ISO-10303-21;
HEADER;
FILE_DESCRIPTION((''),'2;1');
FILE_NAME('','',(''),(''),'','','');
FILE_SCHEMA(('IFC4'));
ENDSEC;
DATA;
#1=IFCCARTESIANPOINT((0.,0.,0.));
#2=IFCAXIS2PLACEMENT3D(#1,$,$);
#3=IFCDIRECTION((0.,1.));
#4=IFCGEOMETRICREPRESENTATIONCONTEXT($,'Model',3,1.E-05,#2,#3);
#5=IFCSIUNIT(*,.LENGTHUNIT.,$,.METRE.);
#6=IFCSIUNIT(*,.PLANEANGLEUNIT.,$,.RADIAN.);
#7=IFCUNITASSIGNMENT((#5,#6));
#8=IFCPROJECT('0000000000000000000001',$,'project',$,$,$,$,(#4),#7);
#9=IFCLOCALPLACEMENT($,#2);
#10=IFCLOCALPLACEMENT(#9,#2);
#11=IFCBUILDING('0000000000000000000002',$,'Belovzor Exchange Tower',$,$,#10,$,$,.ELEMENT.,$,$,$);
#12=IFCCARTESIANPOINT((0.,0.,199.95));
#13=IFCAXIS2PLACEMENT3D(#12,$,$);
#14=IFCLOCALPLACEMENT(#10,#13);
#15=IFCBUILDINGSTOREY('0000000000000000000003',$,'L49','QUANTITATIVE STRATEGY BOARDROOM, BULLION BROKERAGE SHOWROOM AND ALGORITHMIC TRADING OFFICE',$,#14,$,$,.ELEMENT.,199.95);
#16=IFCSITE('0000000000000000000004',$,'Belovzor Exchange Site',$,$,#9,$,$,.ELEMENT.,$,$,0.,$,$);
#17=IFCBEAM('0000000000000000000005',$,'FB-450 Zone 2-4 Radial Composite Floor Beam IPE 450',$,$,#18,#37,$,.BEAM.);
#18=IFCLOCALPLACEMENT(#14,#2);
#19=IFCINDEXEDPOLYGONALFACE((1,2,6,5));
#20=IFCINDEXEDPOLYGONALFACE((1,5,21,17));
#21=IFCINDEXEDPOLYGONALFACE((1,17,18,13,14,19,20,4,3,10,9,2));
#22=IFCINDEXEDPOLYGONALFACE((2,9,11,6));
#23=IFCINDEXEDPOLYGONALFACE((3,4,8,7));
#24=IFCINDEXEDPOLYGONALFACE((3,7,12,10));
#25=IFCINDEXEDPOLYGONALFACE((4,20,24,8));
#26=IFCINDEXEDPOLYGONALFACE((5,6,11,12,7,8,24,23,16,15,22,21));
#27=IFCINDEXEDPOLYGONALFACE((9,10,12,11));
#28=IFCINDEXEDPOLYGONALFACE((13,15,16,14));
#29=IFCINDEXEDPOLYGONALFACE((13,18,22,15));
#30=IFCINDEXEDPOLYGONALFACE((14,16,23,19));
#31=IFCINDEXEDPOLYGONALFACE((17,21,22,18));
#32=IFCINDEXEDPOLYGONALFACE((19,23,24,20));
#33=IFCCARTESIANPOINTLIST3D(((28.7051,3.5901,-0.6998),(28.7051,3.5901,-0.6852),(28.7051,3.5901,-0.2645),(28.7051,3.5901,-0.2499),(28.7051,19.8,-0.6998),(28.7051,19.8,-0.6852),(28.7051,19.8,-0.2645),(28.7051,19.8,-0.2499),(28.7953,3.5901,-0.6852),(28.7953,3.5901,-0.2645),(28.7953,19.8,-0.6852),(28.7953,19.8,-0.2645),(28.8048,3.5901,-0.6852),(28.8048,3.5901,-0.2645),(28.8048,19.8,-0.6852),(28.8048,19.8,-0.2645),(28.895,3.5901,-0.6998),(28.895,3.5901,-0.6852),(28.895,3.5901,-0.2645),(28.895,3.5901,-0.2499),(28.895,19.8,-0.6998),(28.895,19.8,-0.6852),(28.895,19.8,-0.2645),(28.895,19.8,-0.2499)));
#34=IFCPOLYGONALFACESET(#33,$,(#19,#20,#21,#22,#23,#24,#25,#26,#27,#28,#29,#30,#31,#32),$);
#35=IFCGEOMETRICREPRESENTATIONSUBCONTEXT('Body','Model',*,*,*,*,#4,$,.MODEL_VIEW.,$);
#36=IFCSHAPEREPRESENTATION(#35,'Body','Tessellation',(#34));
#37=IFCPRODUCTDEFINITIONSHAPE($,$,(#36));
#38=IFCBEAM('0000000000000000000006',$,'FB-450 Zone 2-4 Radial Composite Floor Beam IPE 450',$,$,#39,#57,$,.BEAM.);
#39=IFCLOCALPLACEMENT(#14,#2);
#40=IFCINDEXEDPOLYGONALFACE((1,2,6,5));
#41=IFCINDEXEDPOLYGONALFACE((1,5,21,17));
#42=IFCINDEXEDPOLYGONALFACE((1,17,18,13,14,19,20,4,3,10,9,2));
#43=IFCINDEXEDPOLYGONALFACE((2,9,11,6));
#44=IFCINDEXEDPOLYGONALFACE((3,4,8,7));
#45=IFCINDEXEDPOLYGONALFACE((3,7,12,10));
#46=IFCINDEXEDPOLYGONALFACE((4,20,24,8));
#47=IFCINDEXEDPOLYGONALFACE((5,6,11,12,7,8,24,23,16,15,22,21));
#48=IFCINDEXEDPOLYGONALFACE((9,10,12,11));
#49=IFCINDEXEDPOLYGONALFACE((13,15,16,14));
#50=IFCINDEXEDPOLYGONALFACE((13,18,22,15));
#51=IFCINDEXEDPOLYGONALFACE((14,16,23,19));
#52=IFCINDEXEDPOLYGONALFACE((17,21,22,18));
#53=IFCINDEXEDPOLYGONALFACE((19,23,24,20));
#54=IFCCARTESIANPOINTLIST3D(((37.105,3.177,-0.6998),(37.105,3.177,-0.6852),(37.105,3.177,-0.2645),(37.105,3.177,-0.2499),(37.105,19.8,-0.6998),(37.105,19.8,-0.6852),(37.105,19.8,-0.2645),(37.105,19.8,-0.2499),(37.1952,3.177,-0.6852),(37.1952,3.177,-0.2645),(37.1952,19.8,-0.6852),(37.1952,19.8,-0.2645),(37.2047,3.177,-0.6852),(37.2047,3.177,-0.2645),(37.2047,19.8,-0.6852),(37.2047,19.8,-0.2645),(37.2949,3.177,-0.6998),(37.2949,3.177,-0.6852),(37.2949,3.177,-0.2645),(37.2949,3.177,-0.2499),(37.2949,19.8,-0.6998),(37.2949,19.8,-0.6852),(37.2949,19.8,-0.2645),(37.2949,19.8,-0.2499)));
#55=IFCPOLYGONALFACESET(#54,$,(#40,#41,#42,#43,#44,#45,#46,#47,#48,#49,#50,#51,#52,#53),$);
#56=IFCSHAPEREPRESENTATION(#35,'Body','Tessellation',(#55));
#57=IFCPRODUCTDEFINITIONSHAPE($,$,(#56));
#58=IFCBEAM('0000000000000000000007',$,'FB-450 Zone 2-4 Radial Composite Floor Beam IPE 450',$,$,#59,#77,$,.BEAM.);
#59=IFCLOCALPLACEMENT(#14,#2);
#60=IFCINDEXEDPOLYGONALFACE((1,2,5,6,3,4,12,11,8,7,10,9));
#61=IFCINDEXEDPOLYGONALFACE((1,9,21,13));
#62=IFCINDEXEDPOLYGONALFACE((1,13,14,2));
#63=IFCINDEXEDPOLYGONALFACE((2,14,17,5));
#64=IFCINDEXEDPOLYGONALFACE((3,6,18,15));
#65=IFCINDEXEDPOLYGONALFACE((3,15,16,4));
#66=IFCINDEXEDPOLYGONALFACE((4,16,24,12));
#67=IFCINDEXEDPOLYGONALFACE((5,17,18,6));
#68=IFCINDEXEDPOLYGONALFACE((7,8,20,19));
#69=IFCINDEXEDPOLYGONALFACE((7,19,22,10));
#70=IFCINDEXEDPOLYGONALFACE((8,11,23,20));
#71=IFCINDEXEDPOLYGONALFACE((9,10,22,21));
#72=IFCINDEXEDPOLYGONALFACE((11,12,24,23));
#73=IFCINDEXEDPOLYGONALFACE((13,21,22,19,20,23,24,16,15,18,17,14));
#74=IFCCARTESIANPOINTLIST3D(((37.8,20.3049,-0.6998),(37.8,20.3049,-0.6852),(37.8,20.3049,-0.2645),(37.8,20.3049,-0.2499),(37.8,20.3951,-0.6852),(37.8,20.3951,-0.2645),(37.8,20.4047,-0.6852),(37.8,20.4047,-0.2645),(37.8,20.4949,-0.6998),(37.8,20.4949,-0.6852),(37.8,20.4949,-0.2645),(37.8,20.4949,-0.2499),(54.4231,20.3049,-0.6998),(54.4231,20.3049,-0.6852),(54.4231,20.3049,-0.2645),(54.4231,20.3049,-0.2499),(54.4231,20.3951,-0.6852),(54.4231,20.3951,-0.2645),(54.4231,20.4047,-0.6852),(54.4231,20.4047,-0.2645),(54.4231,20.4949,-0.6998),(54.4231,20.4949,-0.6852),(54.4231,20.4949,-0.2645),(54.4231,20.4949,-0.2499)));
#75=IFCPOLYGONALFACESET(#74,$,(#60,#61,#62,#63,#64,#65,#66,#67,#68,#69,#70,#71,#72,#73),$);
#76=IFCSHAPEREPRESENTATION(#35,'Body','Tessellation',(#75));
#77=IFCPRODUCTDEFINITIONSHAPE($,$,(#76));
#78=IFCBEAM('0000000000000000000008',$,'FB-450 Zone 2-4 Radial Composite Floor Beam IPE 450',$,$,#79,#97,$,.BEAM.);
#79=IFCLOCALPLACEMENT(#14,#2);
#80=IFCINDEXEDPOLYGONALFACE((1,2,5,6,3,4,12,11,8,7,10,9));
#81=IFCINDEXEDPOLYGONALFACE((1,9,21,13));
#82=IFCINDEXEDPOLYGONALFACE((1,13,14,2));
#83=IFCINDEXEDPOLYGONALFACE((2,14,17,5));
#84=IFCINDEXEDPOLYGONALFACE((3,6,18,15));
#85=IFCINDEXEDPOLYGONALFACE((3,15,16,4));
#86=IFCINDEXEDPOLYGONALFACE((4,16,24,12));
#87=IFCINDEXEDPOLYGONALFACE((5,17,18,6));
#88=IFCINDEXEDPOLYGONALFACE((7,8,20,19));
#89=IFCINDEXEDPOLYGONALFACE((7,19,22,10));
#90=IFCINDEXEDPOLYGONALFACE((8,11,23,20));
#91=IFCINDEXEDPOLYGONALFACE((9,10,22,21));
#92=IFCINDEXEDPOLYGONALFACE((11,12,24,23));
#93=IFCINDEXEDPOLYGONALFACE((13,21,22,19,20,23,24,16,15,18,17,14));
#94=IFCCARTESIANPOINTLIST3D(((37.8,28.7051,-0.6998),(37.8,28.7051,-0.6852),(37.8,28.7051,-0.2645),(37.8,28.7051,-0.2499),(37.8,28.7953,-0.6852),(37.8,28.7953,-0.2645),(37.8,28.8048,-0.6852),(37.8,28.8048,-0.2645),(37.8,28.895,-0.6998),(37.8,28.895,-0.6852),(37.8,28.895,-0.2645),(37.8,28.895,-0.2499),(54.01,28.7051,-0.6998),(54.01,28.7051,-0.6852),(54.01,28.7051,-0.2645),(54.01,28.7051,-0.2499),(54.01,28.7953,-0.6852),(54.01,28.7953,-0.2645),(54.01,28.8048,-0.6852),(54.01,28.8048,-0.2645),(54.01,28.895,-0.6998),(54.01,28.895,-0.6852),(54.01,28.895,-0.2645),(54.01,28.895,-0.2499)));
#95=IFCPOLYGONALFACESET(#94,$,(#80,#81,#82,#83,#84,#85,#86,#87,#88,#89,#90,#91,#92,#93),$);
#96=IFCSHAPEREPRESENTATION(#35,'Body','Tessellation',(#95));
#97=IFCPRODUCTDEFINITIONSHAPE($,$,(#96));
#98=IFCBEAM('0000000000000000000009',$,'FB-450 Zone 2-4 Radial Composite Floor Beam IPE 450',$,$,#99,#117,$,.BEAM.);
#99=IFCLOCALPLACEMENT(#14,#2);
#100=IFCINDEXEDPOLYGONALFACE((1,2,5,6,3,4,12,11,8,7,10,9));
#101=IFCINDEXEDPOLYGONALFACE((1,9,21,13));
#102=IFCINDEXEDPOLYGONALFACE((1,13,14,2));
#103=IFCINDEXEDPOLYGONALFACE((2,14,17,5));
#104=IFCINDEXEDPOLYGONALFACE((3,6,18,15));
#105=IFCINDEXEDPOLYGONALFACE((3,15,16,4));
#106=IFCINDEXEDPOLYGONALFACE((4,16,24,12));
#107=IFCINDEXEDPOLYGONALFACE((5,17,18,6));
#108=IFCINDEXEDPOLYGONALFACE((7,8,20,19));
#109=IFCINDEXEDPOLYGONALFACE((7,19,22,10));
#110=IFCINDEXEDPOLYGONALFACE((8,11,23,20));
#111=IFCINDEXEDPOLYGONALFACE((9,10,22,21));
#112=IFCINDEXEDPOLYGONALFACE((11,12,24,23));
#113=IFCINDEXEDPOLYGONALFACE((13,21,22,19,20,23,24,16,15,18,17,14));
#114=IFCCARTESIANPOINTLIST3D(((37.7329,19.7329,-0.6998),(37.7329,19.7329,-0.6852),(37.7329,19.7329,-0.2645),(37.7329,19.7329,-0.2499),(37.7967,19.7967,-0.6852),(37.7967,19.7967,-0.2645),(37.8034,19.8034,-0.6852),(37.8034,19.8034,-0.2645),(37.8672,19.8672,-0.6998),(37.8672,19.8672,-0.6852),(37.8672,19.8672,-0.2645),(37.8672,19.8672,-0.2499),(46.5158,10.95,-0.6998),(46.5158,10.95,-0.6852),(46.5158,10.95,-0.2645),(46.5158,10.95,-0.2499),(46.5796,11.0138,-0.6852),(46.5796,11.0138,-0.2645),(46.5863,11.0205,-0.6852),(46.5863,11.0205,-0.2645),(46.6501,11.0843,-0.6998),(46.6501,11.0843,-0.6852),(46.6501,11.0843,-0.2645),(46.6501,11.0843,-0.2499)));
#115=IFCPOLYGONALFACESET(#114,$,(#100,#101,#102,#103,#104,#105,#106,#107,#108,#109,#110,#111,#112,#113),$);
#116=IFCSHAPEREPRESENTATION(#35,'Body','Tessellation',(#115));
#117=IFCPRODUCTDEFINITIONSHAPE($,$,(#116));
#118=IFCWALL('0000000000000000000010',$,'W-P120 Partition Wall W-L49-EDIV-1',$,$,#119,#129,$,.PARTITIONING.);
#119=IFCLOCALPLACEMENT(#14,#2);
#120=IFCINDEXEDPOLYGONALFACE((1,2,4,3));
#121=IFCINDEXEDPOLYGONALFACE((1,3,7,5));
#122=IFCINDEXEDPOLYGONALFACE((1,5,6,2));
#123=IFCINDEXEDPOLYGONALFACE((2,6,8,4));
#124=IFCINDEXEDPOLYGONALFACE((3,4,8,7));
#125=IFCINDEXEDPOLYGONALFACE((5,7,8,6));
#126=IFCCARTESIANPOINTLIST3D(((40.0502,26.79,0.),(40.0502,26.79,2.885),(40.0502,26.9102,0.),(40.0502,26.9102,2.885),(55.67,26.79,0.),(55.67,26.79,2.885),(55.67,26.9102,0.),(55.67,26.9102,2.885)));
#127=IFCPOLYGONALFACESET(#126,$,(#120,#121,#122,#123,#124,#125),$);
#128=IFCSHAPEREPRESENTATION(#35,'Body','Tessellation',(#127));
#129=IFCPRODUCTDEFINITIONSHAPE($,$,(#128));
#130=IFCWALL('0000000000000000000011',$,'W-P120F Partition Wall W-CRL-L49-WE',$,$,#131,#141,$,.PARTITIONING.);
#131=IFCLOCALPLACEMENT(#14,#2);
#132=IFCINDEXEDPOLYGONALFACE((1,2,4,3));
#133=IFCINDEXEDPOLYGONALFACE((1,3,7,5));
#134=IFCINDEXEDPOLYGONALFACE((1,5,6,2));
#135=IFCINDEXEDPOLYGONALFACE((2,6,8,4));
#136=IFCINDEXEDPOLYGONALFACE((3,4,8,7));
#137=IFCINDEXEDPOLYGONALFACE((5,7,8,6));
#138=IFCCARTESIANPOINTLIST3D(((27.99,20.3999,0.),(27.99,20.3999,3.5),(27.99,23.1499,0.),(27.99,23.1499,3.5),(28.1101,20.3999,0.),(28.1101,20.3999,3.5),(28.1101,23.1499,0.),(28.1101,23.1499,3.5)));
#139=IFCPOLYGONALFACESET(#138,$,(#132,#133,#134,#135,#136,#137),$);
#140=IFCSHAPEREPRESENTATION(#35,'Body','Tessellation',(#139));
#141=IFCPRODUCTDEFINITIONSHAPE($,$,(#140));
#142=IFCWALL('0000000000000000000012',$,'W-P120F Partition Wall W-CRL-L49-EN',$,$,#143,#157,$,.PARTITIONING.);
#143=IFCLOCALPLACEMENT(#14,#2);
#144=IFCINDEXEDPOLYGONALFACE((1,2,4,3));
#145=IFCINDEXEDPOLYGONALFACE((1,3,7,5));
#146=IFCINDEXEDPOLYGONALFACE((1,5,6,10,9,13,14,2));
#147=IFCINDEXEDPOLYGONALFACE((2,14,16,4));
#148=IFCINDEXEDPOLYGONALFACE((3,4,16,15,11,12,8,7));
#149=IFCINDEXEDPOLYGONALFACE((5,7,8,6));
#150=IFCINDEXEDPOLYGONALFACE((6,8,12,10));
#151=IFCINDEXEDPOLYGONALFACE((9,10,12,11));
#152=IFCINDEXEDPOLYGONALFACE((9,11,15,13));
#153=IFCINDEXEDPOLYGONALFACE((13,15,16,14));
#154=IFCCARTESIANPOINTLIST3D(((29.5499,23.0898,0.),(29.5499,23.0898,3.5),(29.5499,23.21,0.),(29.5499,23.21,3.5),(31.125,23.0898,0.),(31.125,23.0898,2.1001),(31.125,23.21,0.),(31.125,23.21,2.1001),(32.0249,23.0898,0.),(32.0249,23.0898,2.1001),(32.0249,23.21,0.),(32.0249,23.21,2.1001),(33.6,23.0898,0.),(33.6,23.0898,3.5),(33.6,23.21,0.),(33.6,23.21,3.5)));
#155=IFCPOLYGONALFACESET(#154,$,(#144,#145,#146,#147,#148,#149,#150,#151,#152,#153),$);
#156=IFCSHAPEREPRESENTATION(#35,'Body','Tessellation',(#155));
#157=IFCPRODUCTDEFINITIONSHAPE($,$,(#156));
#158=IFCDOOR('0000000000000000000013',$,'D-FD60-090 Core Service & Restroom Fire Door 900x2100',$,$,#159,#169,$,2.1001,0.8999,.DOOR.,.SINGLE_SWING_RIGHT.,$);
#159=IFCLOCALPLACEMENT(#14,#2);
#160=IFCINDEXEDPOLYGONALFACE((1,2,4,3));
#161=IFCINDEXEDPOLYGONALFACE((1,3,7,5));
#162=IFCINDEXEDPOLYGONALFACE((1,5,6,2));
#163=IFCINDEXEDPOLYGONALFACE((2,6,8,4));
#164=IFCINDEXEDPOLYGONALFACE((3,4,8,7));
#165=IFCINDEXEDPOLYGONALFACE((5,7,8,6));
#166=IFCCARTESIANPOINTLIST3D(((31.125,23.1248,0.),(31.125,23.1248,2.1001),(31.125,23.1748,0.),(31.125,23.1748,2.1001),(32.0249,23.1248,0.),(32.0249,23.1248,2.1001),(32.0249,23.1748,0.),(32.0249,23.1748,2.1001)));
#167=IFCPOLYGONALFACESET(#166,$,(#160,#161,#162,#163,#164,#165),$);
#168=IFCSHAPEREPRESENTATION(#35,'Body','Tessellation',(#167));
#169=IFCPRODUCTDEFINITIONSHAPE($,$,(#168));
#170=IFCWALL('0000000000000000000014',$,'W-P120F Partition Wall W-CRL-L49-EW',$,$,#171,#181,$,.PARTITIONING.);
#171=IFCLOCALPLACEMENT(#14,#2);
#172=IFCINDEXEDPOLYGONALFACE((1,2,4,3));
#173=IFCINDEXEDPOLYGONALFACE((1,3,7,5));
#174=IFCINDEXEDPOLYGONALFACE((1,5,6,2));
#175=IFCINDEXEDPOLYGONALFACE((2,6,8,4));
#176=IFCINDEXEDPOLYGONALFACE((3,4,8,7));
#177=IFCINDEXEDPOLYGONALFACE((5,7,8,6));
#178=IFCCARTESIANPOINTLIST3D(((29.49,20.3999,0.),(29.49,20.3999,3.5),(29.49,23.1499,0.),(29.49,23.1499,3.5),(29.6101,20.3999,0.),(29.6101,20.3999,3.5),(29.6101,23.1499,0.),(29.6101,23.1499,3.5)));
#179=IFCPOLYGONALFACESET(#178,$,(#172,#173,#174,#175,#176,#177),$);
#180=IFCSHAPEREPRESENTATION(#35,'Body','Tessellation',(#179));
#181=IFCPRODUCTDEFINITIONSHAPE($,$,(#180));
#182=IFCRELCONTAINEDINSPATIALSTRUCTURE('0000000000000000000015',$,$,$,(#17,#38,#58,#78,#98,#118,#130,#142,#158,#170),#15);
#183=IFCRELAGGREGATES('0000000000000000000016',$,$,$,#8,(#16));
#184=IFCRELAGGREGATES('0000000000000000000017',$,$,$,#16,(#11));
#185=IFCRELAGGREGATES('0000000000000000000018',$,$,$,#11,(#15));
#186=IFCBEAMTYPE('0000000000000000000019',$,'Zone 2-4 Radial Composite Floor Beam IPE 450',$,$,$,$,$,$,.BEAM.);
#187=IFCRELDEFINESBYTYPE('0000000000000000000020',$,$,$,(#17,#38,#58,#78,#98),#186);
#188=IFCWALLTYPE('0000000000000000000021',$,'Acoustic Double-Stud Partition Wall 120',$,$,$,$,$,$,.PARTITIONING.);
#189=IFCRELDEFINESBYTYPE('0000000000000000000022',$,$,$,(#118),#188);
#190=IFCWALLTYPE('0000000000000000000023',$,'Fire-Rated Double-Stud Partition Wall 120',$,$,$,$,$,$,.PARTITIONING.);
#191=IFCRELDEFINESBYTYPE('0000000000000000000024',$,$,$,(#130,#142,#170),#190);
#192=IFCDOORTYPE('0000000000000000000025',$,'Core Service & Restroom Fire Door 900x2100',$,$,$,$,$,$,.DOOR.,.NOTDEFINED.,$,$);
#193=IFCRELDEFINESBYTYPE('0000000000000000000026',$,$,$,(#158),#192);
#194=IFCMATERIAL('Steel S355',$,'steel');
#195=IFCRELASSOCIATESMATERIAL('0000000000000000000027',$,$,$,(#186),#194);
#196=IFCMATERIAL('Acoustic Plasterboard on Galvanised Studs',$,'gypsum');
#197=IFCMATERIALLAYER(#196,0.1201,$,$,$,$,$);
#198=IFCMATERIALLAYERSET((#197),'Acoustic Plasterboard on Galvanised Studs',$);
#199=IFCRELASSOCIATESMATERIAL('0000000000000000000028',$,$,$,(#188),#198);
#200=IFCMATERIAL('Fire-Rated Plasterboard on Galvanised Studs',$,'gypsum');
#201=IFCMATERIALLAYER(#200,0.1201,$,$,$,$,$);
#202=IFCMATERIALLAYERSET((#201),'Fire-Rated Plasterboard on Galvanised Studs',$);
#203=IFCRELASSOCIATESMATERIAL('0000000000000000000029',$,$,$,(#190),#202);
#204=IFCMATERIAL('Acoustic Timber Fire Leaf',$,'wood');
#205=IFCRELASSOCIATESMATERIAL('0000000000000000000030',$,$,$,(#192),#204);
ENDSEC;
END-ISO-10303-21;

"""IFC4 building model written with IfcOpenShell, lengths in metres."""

from ifc_helpers import new_model, si_unit, direction, frame, frame_2d, origin, origin_2d, place, context, subcontext, project, spatial, rectangle, i_section, extrude, material, layer, layer_set, material_profile, profile_set, type_object, element, fill, save


model = new_model("IFC4")

# Units and contexts
model_context = context("Model", 3, precision=1e-05, world=origin(), true_north=direction((0.0, 1.0)))
body_context = subcontext(model_context, "Body", "Model", "MODEL_VIEW")
ifc_project = project(units=[si_unit("LENGTHUNIT", "METRE"), si_unit("PLANEANGLEUNIT", "RADIAN")], contexts=[model_context])

# Site, building, storey
site_placement = place(None, origin())
site = spatial("IfcSite", under=ifc_project, at=site_placement, Name="Belovzor Exchange Site", CompositionType="ELEMENT", RefElevation=0.0)
building_placement = place(site_placement, origin())
building = spatial("IfcBuilding", under=site, at=building_placement, Name="Belovzor Exchange Tower", CompositionType="ELEMENT")
storey_placement = place(building_placement, frame((0.0, 0.0, 199.95)))
storey = spatial("IfcBuildingStorey", under=building, at=storey_placement, Name="L49", Description="QUANTITATIVE STRATEGY BOARDROOM, BULLION BROKERAGE SHOWROOM AND ALGORITHMIC TRADING OFFICE", CompositionType="ELEMENT", Elevation=199.95)

# Beams
ifc_material_1 = material(Name="Steel S355", Category="steel")
ifc_material_profile = material_profile(ifc_material_1, i_section(OverallWidth=0.1899, OverallDepth=0.45, WebThickness=0.0095, FlangeThickness=0.0146, at=origin_2d()))
ifc_profile_set = profile_set([ifc_material_profile], Name="Steel S355")
beam_type = type_object("IfcBeamType", Name="Zone 2-4 Radial Composite Floor Beam IPE 450", PredefinedType="BEAM", material=ifc_profile_set)
beam_1_placement = place(storey_placement, frame((28.8, 19.8, -0.4749), z_axis=(0.0, -1.0, 0.0), x_axis=(1.0, 0.0, 0.0)))
element("IfcBeam", 1, at=beam_1_placement, inside=storey, type_object=beam_type, Name="FB-450 Zone 2-4 Radial Composite Floor Beam IPE 450", PredefinedType="BEAM", context=body_context, shape_type="SweptSolid", body=[
    extrude(i_section(OverallWidth=0.1899, OverallDepth=0.45, WebThickness=0.0095, FlangeThickness=0.0146, at=origin_2d()), origin(), (0.0, 0.0, 1.0), 16.21),
])
for number, where, z_axis, x_axis, name in (
    (2, (37.2, 19.8, -0.4749), (0.0, -1.0, 0.0), (1.0, 0.0, 0.0), "FB-450 Zone 2-4 Radial Composite Floor Beam IPE 450"),
    (3, (37.8, 20.3999, -0.4749), (1.0, 0.0, 0.0), (0.0, 1.0, 0.0), "FB-450 Zone 2-4 Radial Composite Floor Beam IPE 450"),
):
    element("IfcBeam", number, at=place(storey_placement, frame(where, z_axis=z_axis, x_axis=x_axis)), inside=storey, type_object=beam_type, Name=name, PredefinedType="BEAM", context=body_context, shape_type="SweptSolid", body=[
        extrude(i_section(OverallWidth=0.1899, OverallDepth=0.45, WebThickness=0.0095, FlangeThickness=0.0146, at=origin_2d()), origin(), (0.0, 0.0, 1.0), 16.623),
    ])
beam_2_placement = place(storey_placement, frame((37.8, 28.8, -0.4749), z_axis=(1.0, 0.0, 0.0), x_axis=(0.0, 1.0, 0.0)))
element("IfcBeam", 4, at=beam_2_placement, inside=storey, type_object=beam_type, Name="FB-450 Zone 2-4 Radial Composite Floor Beam IPE 450", PredefinedType="BEAM", context=body_context, shape_type="SweptSolid", body=[
    extrude(i_section(OverallWidth=0.1899, OverallDepth=0.45, WebThickness=0.0095, FlangeThickness=0.0146, at=origin_2d()), origin(), (0.0, 0.0, 1.0), 16.21),
])
beam_3_placement = place(storey_placement, frame((37.8, 19.8, -0.4749), z_axis=(0.707107, -0.707107, 0.0), x_axis=(0.707107, 0.707107, 0.0)))
element("IfcBeam", 5, at=beam_3_placement, inside=storey, type_object=beam_type, Name="FB-450 Zone 2-4 Radial Composite Floor Beam IPE 450", PredefinedType="BEAM", context=body_context, shape_type="SweptSolid", body=[
    extrude(i_section(OverallWidth=0.1899, OverallDepth=0.45, WebThickness=0.0095, FlangeThickness=0.0146, at=origin_2d()), origin(), (0.0, 0.0, 1.0), 12.4209),
])

# Walls
ifc_material_2 = material(Name="Acoustic Plasterboard on Galvanised Studs", Category="gypsum")
ifc_layer_1 = layer(ifc_material_2, 0.1201)
ifc_layer_set_1 = layer_set([ifc_layer_1], Name="Acoustic Plasterboard on Galvanised Studs")
wall_type_1 = type_object("IfcWallType", Name="Acoustic Double-Stud Partition Wall 120", PredefinedType="PARTITIONING", material=ifc_layer_set_1)
wall_1_placement = place(storey_placement, frame((40.05, 26.8501, 0.0), z_axis=(0.0, 0.0, 1.0), x_axis=(1.0, 0.0, 0.0)))
element("IfcWall", 6, at=wall_1_placement, inside=storey, type_object=wall_type_1, Name="W-P120 Partition Wall W-L49-EDIV-1", PredefinedType="PARTITIONING", context=body_context, shape_type="SweptSolid", body=[
    extrude(rectangle(XDim=15.6199, YDim=0.1201, at=frame_2d((7.8101, 0.0))), origin(), (0.0, 0.0, 1.0), 2.885),
])
ifc_material_3 = material(Name="Fire-Rated Plasterboard on Galvanised Studs", Category="gypsum")
ifc_layer_2 = layer(ifc_material_3, 0.1201)
ifc_layer_set_2 = layer_set([ifc_layer_2], Name="Fire-Rated Plasterboard on Galvanised Studs")
wall_type_2 = type_object("IfcWallType", Name="Fire-Rated Double-Stud Partition Wall 120", PredefinedType="PARTITIONING", material=ifc_layer_set_2)
wall_2_placement = place(storey_placement, frame((28.05, 20.3999, 0.0), z_axis=(0.0, 0.0, 1.0), x_axis=(0.0, 1.0, 0.0)))
element("IfcWall", 7, at=wall_2_placement, inside=storey, type_object=wall_type_2, Name="W-P120F Partition Wall W-CRL-L49-WE", PredefinedType="PARTITIONING", context=body_context, shape_type="SweptSolid", body=[
    extrude(rectangle(XDim=2.75, YDim=0.1201, at=frame_2d((1.375, 0.0))), origin(), (0.0, 0.0, 1.0), 3.5),
])

# Wall, opening, door
wall_3_placement = place(storey_placement, frame((29.55, 23.1499, 0.0), z_axis=(0.0, 0.0, 1.0), x_axis=(1.0, 0.0, 0.0)))
wall_3 = element("IfcWall", 8, at=wall_3_placement, inside=storey, type_object=wall_type_2, Name="W-P120F Partition Wall W-CRL-L49-EN", PredefinedType="PARTITIONING", context=body_context, shape_type="SweptSolid", body=[
    extrude(rectangle(XDim=4.05, YDim=0.1201, at=frame_2d((2.0249, 0.0))), origin(), (0.0, 0.0, 1.0), 3.5),
])
opening_1_placement = place(wall_3_placement, frame((1.575, 0.0, 0.0)))
opening_1 = element("IfcOpeningElement", 9, at=opening_1_placement, cuts=wall_3, PredefinedType="OPENING", context=body_context, shape_type="SweptSolid", body=[
    extrude(rectangle(XDim=0.8999, YDim=2.1001, at=frame_2d((0.45, 1.05))), frame((0.0, 0.0701, 0.0), z_axis=(0.0, -1.0, 0.0), x_axis=(1.0, 0.0, 0.0)), (0.0, 0.0, 1.0), 0.1401),
])
ifc_material_4 = material(Name="Acoustic Timber Fire Leaf", Category="wood")
door_type_1 = type_object("IfcDoorType", Name="Core Service & Restroom Fire Door 900x2100", OperationType="NOTDEFINED", PredefinedType="DOOR", material=ifc_material_4)
door_1_placement = place(opening_1_placement, origin())
door_1 = element("IfcDoor", 10, at=door_1_placement, inside=storey, type_object=door_type_1, Name="D-FD60-090 Core Service & Restroom Fire Door 900x2100", OperationType="SINGLE_SWING_RIGHT", OverallHeight=2.1001, OverallWidth=0.8999, PredefinedType="DOOR", context=body_context, shape_type="SweptSolid", body=[
    extrude(rectangle(XDim=0.8999, YDim=2.1001, at=frame_2d((0.45, 1.05))), frame((0.0, 0.0249, 0.0), z_axis=(0.0, -1.0, 0.0), x_axis=(1.0, 0.0, 0.0)), (0.0, 0.0, 1.0), 0.05),
])
fill(opening_1, door_1)

# Wall
wall_4_placement = place(storey_placement, frame((29.55, 20.3999, 0.0), z_axis=(0.0, 0.0, 1.0), x_axis=(0.0, 1.0, 0.0)))
element("IfcWall", 11, at=wall_4_placement, inside=storey, type_object=wall_type_2, Name="W-P120F Partition Wall W-CRL-L49-EW", PredefinedType="PARTITIONING", context=body_context, shape_type="SweptSolid", body=[
    extrude(rectangle(XDim=2.75, YDim=0.1201, at=frame_2d((1.375, 0.0))), origin(), (0.0, 0.0, 1.0), 3.5),
])

save(model, "model.ifc")
